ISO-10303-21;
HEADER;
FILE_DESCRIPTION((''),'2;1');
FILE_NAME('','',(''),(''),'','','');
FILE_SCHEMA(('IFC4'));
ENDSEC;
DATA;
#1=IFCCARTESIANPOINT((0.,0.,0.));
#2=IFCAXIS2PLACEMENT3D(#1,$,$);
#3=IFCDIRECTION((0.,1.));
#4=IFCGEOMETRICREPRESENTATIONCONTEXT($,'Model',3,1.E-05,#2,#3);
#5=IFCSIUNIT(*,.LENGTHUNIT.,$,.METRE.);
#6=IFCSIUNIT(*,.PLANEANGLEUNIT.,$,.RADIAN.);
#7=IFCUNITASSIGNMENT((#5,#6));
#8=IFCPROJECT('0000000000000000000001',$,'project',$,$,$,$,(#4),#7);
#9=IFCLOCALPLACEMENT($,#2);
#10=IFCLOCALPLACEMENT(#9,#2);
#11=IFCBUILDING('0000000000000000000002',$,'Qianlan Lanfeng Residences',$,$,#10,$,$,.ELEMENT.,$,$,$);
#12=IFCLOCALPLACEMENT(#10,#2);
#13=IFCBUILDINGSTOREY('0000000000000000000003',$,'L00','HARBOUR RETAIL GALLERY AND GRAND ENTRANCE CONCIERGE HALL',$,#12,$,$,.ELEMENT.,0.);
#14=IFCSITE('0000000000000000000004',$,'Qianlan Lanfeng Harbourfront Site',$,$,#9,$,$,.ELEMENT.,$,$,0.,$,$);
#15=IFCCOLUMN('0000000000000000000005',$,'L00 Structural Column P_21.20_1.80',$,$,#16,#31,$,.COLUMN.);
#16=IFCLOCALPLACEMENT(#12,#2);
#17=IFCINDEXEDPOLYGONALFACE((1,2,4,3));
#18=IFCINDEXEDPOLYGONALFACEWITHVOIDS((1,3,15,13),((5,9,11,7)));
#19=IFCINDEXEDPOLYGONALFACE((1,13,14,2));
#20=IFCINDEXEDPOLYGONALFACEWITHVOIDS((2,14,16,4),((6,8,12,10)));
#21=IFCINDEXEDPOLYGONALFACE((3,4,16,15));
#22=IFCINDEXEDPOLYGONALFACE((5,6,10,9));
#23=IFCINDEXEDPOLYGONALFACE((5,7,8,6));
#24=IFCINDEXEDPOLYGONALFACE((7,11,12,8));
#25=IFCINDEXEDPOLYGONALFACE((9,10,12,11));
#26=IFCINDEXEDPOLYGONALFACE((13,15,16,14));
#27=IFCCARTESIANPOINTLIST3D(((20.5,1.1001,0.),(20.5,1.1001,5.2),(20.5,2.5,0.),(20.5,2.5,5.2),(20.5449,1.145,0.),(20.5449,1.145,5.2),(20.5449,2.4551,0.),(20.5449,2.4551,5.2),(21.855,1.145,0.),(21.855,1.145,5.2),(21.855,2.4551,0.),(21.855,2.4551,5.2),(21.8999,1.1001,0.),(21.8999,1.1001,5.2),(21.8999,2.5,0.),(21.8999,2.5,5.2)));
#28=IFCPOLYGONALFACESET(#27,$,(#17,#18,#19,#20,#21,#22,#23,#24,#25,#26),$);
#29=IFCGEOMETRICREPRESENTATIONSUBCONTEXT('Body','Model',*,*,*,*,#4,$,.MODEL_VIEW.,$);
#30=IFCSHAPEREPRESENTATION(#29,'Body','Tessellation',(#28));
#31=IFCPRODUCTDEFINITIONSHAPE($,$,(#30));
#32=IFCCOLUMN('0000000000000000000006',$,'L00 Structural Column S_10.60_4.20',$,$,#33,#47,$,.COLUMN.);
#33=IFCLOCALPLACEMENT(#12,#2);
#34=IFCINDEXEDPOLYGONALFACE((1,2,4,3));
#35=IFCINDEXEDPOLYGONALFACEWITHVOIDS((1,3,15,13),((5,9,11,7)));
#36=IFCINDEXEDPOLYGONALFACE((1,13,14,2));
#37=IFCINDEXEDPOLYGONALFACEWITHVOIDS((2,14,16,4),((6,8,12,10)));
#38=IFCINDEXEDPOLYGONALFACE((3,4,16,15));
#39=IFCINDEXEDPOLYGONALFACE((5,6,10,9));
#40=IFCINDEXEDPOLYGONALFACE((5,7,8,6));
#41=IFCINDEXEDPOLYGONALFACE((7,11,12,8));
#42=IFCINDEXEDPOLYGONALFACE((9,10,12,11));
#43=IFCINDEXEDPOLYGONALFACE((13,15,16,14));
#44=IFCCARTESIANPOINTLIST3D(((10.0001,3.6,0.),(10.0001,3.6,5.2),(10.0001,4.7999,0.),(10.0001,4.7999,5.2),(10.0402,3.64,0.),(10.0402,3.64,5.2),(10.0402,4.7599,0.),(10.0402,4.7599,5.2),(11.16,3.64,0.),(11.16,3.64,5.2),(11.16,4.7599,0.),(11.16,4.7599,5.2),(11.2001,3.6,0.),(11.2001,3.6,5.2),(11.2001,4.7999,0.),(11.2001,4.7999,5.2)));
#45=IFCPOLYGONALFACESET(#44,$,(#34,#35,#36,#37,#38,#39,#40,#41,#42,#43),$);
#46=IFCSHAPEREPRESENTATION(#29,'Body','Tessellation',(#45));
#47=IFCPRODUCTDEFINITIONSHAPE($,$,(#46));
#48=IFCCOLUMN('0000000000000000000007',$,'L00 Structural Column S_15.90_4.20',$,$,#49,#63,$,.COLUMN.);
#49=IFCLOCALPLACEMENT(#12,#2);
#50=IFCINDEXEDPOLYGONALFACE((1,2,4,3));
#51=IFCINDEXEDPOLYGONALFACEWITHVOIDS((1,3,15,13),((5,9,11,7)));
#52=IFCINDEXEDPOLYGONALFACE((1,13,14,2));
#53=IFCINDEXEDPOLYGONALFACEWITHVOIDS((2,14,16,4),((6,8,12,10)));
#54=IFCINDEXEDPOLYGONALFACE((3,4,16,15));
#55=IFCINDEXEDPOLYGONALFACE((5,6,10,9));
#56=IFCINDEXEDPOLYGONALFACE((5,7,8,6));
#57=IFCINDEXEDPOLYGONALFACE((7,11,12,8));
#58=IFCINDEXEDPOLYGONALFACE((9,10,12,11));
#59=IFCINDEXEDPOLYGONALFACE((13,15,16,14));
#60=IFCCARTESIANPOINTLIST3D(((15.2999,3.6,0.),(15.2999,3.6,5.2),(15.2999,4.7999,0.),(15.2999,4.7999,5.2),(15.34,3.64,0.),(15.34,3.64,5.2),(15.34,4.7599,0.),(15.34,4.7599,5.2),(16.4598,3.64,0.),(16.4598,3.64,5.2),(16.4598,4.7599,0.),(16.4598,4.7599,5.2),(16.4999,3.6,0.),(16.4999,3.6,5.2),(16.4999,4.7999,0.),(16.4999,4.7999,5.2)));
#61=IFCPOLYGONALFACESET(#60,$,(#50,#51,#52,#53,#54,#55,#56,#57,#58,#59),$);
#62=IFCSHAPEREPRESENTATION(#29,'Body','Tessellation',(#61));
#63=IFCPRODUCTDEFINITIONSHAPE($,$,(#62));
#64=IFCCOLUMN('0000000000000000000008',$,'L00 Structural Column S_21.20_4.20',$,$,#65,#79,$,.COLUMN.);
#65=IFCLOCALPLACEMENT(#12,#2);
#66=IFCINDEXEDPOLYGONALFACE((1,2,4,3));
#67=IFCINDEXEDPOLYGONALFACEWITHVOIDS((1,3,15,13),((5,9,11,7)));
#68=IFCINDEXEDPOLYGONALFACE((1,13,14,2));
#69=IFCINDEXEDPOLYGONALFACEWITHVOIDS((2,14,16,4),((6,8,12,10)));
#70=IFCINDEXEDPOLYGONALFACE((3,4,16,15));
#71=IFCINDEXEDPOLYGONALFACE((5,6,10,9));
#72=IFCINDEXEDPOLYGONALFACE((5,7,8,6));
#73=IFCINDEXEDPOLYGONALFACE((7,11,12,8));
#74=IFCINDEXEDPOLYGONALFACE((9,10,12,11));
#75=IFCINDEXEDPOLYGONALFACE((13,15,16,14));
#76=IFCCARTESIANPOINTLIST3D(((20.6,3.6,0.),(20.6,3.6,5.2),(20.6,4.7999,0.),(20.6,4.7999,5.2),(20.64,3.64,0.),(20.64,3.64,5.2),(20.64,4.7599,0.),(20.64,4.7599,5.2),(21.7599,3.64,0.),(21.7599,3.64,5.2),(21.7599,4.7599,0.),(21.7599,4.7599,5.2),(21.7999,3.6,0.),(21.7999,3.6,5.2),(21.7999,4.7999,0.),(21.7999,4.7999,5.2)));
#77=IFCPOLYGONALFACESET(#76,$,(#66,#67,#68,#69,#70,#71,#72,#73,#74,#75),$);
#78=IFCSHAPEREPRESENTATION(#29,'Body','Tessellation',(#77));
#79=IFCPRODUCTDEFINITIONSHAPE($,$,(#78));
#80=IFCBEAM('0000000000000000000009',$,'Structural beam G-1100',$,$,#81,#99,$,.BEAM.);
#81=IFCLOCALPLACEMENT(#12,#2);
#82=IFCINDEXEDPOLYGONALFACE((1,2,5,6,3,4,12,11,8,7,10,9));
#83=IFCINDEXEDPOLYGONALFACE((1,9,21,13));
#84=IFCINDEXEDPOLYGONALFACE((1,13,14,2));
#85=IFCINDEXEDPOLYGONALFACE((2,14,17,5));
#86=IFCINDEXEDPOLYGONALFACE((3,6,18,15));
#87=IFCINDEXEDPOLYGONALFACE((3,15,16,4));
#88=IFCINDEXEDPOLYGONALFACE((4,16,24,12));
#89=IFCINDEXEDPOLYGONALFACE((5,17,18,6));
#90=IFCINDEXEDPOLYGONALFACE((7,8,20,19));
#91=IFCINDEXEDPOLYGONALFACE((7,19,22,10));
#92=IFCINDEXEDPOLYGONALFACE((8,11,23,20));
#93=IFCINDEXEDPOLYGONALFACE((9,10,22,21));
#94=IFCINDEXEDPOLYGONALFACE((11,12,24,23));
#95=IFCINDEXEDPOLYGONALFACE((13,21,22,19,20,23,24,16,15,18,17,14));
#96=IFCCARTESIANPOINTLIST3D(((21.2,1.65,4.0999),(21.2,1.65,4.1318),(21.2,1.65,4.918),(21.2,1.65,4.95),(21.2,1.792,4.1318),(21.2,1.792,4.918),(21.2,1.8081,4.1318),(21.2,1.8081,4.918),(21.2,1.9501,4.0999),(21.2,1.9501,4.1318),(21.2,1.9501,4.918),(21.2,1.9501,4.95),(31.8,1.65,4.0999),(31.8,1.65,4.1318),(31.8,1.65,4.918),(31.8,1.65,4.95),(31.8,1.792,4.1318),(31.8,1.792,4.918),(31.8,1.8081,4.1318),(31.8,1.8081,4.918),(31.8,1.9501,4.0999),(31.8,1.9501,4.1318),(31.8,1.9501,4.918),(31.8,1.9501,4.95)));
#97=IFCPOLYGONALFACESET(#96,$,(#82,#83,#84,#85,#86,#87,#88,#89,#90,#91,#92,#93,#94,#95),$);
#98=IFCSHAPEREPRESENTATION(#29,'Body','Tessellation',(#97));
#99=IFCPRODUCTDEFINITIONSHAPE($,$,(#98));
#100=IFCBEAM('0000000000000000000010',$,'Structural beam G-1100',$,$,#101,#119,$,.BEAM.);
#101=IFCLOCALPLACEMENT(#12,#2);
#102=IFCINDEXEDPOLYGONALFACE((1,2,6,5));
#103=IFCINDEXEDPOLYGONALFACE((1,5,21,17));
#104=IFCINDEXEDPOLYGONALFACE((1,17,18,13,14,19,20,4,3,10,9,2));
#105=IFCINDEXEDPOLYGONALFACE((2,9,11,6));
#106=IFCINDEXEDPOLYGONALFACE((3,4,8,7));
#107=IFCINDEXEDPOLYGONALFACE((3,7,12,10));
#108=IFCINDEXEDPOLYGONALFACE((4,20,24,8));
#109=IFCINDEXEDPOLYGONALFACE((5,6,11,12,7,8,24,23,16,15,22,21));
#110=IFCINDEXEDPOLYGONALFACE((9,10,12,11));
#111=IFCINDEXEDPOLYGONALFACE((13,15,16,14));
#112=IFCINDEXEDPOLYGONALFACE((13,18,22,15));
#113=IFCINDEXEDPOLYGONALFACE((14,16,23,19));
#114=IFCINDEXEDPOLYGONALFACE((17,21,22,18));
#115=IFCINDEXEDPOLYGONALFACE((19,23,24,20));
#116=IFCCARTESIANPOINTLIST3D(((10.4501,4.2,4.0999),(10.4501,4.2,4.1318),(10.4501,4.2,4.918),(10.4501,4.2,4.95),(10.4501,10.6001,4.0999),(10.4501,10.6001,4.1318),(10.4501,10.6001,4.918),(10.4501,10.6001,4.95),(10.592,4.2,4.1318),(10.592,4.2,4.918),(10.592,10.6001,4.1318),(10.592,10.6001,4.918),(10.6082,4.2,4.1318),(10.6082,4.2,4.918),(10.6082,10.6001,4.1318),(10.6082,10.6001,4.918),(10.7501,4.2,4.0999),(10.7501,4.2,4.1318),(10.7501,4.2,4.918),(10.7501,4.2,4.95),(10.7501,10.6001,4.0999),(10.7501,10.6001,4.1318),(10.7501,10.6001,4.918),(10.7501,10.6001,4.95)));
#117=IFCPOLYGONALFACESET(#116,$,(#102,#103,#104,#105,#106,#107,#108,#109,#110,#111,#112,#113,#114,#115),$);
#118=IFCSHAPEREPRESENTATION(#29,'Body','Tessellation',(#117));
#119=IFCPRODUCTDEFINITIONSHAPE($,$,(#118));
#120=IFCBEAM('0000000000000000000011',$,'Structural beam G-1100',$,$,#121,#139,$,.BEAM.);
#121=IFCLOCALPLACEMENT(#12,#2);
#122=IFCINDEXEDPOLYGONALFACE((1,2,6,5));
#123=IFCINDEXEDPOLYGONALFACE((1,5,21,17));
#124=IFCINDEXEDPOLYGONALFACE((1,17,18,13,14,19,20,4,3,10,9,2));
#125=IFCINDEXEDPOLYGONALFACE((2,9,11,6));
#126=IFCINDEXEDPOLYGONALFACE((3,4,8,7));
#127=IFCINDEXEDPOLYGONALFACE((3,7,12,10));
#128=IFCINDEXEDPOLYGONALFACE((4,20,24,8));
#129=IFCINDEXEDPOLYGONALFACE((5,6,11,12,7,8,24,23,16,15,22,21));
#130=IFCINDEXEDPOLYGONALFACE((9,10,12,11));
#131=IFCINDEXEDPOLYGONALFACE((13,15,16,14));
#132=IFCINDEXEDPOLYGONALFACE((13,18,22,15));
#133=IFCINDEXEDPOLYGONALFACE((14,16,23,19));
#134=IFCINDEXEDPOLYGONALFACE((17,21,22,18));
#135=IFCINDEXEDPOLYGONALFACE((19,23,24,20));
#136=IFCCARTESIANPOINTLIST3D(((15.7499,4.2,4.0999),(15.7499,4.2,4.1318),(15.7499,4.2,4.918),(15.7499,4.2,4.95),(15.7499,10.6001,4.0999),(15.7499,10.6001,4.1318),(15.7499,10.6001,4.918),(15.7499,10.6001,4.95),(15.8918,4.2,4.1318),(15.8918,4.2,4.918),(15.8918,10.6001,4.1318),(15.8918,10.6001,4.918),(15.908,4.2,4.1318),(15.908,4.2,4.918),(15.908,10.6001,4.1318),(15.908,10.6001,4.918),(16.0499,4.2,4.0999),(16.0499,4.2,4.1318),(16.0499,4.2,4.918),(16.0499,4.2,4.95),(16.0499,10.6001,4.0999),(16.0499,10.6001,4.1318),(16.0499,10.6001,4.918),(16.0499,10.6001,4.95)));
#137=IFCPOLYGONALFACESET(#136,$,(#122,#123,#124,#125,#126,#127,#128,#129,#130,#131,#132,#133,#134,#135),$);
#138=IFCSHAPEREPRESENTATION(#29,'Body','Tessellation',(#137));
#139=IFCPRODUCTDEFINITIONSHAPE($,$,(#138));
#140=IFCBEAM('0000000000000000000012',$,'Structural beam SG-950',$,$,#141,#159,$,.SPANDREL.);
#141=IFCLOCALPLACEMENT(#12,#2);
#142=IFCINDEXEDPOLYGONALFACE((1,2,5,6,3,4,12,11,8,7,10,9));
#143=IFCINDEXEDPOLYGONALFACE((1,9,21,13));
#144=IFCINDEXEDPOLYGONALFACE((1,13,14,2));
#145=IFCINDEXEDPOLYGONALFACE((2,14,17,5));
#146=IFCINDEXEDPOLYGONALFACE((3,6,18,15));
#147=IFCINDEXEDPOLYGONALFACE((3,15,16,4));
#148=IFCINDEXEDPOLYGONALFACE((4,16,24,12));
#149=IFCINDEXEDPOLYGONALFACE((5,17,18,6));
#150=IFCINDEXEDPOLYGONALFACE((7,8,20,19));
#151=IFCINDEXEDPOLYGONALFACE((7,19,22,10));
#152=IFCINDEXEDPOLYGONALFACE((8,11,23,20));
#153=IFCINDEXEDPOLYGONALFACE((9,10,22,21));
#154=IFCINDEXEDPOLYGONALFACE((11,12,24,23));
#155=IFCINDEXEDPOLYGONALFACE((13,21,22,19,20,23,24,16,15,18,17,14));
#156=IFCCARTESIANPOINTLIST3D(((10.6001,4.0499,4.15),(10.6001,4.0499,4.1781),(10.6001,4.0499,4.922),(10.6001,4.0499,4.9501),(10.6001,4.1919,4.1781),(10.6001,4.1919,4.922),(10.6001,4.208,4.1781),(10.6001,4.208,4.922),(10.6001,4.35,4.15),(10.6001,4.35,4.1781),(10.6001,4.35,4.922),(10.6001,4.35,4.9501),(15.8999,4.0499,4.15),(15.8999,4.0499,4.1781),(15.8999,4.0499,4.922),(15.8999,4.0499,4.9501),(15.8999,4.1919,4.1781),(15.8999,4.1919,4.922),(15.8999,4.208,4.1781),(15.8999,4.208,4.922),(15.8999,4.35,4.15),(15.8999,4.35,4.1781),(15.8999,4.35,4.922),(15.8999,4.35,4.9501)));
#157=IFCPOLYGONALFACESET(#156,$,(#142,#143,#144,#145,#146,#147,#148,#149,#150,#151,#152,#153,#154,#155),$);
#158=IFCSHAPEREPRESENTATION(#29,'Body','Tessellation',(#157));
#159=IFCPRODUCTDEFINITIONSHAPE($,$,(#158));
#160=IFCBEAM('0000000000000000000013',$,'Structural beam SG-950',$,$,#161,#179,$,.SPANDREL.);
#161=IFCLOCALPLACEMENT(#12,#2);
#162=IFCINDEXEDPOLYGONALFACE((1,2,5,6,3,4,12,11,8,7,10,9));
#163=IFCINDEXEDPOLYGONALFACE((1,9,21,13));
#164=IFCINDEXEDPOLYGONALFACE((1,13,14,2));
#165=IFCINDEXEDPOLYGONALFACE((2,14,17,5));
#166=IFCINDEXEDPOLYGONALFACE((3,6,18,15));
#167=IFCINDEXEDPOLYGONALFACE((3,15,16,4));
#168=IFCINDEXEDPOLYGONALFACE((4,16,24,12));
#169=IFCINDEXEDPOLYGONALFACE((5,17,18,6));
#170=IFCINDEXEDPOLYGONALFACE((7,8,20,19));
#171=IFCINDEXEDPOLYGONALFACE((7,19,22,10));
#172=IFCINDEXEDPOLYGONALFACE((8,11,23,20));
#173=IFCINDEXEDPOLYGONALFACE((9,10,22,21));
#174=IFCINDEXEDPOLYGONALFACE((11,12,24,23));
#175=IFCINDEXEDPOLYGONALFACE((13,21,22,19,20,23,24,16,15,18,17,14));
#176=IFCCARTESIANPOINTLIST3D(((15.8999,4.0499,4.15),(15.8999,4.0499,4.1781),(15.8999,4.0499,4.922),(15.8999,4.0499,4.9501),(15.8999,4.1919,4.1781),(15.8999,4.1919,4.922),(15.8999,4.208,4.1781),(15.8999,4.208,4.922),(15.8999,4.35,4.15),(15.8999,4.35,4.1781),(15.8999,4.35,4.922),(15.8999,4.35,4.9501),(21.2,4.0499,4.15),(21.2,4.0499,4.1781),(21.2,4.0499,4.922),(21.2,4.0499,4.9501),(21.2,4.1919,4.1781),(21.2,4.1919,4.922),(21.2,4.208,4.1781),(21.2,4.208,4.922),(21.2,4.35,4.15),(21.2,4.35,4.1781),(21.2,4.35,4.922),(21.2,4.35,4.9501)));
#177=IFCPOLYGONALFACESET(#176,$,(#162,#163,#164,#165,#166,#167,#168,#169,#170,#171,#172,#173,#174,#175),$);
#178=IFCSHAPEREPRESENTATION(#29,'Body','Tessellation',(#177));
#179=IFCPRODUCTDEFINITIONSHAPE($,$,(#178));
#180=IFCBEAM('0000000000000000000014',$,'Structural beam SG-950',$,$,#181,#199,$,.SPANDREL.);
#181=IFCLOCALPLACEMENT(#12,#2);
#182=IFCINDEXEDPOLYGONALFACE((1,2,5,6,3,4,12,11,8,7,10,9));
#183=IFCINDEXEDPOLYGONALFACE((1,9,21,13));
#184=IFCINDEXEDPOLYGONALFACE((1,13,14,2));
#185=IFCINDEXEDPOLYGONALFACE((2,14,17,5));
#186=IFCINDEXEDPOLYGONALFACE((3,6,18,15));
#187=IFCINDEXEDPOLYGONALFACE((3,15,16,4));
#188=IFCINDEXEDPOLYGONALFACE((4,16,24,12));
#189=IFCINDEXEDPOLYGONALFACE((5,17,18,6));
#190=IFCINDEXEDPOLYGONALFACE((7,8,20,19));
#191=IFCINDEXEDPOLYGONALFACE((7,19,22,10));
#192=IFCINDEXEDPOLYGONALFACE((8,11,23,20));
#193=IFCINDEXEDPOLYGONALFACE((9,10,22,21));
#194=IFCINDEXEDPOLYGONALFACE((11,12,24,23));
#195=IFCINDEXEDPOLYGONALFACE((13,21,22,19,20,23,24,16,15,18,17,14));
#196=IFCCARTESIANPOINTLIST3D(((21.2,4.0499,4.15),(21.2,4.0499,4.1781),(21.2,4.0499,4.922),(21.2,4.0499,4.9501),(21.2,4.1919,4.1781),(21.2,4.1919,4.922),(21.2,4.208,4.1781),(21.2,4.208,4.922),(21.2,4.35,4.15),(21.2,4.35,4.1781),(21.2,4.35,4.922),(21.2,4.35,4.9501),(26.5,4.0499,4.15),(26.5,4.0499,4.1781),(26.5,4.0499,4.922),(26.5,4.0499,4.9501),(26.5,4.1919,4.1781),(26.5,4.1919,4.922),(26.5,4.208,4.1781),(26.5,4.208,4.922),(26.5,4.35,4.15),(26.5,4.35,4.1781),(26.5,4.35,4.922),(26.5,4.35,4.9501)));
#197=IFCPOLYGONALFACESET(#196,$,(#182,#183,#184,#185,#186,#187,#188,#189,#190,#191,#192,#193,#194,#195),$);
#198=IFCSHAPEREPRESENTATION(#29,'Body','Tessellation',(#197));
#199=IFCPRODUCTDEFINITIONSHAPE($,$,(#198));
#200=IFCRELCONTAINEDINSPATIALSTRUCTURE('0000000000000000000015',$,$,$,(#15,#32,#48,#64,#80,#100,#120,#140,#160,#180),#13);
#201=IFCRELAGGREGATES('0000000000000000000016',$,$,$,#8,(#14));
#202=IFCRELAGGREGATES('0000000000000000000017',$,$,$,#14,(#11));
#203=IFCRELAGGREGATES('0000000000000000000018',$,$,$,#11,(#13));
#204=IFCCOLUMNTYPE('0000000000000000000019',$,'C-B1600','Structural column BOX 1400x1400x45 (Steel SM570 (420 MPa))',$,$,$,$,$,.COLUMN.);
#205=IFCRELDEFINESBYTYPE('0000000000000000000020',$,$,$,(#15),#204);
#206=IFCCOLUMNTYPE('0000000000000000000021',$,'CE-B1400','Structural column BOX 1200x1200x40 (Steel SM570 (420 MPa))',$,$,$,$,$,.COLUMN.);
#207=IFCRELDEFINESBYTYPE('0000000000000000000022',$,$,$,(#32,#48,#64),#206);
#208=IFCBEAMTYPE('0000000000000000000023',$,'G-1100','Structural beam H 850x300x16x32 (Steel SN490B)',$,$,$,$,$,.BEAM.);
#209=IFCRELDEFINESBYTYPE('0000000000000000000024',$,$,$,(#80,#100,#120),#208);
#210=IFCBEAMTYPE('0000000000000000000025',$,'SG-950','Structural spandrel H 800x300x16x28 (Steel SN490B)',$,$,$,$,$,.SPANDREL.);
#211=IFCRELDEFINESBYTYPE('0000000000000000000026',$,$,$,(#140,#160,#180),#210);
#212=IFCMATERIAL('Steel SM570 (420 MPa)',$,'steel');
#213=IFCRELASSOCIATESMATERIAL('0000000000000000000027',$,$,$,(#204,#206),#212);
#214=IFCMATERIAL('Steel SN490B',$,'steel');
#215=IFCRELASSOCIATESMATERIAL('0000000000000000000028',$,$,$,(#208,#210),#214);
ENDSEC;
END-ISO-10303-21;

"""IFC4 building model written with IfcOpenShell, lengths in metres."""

from ifc_helpers import new_model, si_unit, direction, frame, origin, origin_2d, place, context, subcontext, project, spatial, hollow_rectangle, i_section, extrude, material, material_profile, profile_set, type_object, element, save


model = new_model("IFC4")

# Units and contexts
model_context = context("Model", 3, precision=1e-05, world=origin(), true_north=direction((0.0, 1.0)))
body_context = subcontext(model_context, "Body", "Model", "MODEL_VIEW")
ifc_project = project(units=[si_unit("LENGTHUNIT", "METRE"), si_unit("PLANEANGLEUNIT", "RADIAN")], contexts=[model_context])

# Site, building, storey
site_placement = place(None, origin())
site = spatial("IfcSite", under=ifc_project, at=site_placement, Name="Qianlan Lanfeng Harbourfront Site", CompositionType="ELEMENT", RefElevation=0.0)
building_placement = place(site_placement, origin())
building = spatial("IfcBuilding", under=site, at=building_placement, Name="Qianlan Lanfeng Residences", CompositionType="ELEMENT")
storey_placement = place(building_placement, origin())
storey = spatial("IfcBuildingStorey", under=building, at=storey_placement, Name="L00", Description="HARBOUR RETAIL GALLERY AND GRAND ENTRANCE CONCIERGE HALL", CompositionType="ELEMENT", Elevation=0.0)

# Columns
ifc_material_1 = material(Name="Steel SM570 (420 MPa)", Category="steel")
ifc_material_profile_1 = material_profile(ifc_material_1, hollow_rectangle(XDim=1.3999, YDim=1.3999, WallThickness=0.0449, at=origin_2d()), Name="BOX 1400x1400x45")
ifc_profile_set_1 = profile_set([ifc_material_profile_1], Name="Steel SM570 (420 MPa)")
column_type_1 = type_object("IfcColumnType", Name="C-B1600", Description="Structural column BOX 1400x1400x45 (Steel SM570 (420 MPa))", PredefinedType="COLUMN", material=ifc_profile_set_1)
column_placement = place(storey_placement, frame((21.2, 1.8, 0.0), z_axis=(0.0, 0.0, 1.0), x_axis=(1.0, 0.0, 0.0)))
element("IfcColumn", 1, at=column_placement, inside=storey, type_object=column_type_1, Name="L00 Structural Column P_21.20_1.80", PredefinedType="COLUMN", context=body_context, shape_type="SweptSolid", body=[
    extrude(hollow_rectangle(XDim=1.3999, YDim=1.3999, WallThickness=0.0449, at=origin_2d()), origin(), (0.0, 0.0, 1.0), 5.2),
])
ifc_material_profile_2 = material_profile(ifc_material_1, hollow_rectangle(XDim=1.2, YDim=1.2, WallThickness=0.04, at=origin_2d()), Name="BOX 1200x1200x40")
ifc_profile_set_2 = profile_set([ifc_material_profile_2], Name="Steel SM570 (420 MPa)")
column_type_2 = type_object("IfcColumnType", Name="CE-B1400", Description="Structural column BOX 1200x1200x40 (Steel SM570 (420 MPa))", PredefinedType="COLUMN", material=ifc_profile_set_2)
for number, where, z_axis, x_axis, name in (
    (2, (10.6001, 4.2, 0.0), (0.0, 0.0, 1.0), (1.0, 0.0, 0.0), "L00 Structural Column S_10.60_4.20"),
    (3, (15.8999, 4.2, 0.0), (0.0, 0.0, 1.0), (1.0, 0.0, 0.0), "L00 Structural Column S_15.90_4.20"),
    (4, (21.2, 4.2, 0.0), (0.0, 0.0, 1.0), (1.0, 0.0, 0.0), "L00 Structural Column S_21.20_4.20"),
):
    element("IfcColumn", number, at=place(storey_placement, frame(where, z_axis=z_axis, x_axis=x_axis)), inside=storey, type_object=column_type_2, Name=name, PredefinedType="COLUMN", context=body_context, shape_type="SweptSolid", body=[
        extrude(hollow_rectangle(XDim=1.2, YDim=1.2, WallThickness=0.04, at=origin_2d()), origin(), (0.0, 0.0, 1.0), 5.2),
    ])

# Beams
ifc_material_2 = material(Name="Steel SN490B", Category="steel")
ifc_material_profile_3 = material_profile(ifc_material_2, i_section(OverallWidth=0.3, OverallDepth=0.8501, WebThickness=0.0161, FlangeThickness=0.032, at=origin_2d()), Name="H 850x300x16x32")
ifc_profile_set_3 = profile_set([ifc_material_profile_3], Name="Steel SN490B")
beam_type_1 = type_object("IfcBeamType", Name="G-1100", Description="Structural beam H 850x300x16x32 (Steel SN490B)", PredefinedType="BEAM", material=ifc_profile_set_3)
beam_1_placement = place(storey_placement, frame((21.2, 1.8, 4.5249), z_axis=(1.0, 0.0, 0.0), x_axis=(0.0, 1.0, 0.0)))
element("IfcBeam", 5, at=beam_1_placement, inside=storey, type_object=beam_type_1, Name="Structural beam G-1100", PredefinedType="BEAM", context=body_context, shape_type="SweptSolid", body=[
    extrude(i_section(OverallWidth=0.3, OverallDepth=0.8501, WebThickness=0.0161, FlangeThickness=0.032, at=origin_2d()), origin(), (0.0, 0.0, 1.0), 10.6001),
])
for number, where, z_axis, x_axis, name in (
    (6, (10.6001, 4.2, 4.5249), (0.0, 1.0, 0.0), (-1.0, 0.0, 0.0), "Structural beam G-1100"),
    (7, (15.8999, 4.2, 4.5249), (0.0, 1.0, 0.0), (-1.0, 0.0, 0.0), "Structural beam G-1100"),
):
    element("IfcBeam", number, at=place(storey_placement, frame(where, z_axis=z_axis, x_axis=x_axis)), inside=storey, type_object=beam_type_1, Name=name, PredefinedType="BEAM", context=body_context, shape_type="SweptSolid", body=[
        extrude(i_section(OverallWidth=0.3, OverallDepth=0.8501, WebThickness=0.0161, FlangeThickness=0.032, at=origin_2d()), origin(), (0.0, 0.0, 1.0), 6.4001),
    ])
ifc_material_profile_4 = material_profile(ifc_material_2, i_section(OverallWidth=0.3, OverallDepth=0.8, WebThickness=0.0161, FlangeThickness=0.0281, at=origin_2d()), Name="H 800x300x16x28")
ifc_profile_set_4 = profile_set([ifc_material_profile_4], Name="Steel SN490B")
beam_type_2 = type_object("IfcBeamType", Name="SG-950", Description="Structural spandrel H 800x300x16x28 (Steel SN490B)", PredefinedType="SPANDREL", material=ifc_profile_set_4)
beam_2_placement = place(storey_placement, frame((10.6001, 4.2, 4.55), z_axis=(1.0, 0.0, 0.0), x_axis=(0.0, 1.0, 0.0)))
element("IfcBeam", 8, at=beam_2_placement, inside=storey, type_object=beam_type_2, Name="Structural beam SG-950", PredefinedType="SPANDREL", context=body_context, shape_type="SweptSolid", body=[
    extrude(i_section(OverallWidth=0.3, OverallDepth=0.8, WebThickness=0.0161, FlangeThickness=0.0281, at=origin_2d()), origin(), (0.0, 0.0, 1.0), 5.2998),
])
for number, where, z_axis, x_axis, name in (
    (9, (15.8999, 4.2, 4.55), (1.0, 0.0, 0.0), (0.0, 1.0, 0.0), "Structural beam SG-950"),
    (10, (21.2, 4.2, 4.55), (1.0, 0.0, 0.0), (0.0, 1.0, 0.0), "Structural beam SG-950"),
):
    element("IfcBeam", number, at=place(storey_placement, frame(where, z_axis=z_axis, x_axis=x_axis)), inside=storey, type_object=beam_type_2, Name=name, PredefinedType="SPANDREL", context=body_context, shape_type="SweptSolid", body=[
        extrude(i_section(OverallWidth=0.3, OverallDepth=0.8, WebThickness=0.0161, FlangeThickness=0.0281, at=origin_2d()), origin(), (0.0, 0.0, 1.0), 5.3),
    ])

save(model, "model.ifc")
